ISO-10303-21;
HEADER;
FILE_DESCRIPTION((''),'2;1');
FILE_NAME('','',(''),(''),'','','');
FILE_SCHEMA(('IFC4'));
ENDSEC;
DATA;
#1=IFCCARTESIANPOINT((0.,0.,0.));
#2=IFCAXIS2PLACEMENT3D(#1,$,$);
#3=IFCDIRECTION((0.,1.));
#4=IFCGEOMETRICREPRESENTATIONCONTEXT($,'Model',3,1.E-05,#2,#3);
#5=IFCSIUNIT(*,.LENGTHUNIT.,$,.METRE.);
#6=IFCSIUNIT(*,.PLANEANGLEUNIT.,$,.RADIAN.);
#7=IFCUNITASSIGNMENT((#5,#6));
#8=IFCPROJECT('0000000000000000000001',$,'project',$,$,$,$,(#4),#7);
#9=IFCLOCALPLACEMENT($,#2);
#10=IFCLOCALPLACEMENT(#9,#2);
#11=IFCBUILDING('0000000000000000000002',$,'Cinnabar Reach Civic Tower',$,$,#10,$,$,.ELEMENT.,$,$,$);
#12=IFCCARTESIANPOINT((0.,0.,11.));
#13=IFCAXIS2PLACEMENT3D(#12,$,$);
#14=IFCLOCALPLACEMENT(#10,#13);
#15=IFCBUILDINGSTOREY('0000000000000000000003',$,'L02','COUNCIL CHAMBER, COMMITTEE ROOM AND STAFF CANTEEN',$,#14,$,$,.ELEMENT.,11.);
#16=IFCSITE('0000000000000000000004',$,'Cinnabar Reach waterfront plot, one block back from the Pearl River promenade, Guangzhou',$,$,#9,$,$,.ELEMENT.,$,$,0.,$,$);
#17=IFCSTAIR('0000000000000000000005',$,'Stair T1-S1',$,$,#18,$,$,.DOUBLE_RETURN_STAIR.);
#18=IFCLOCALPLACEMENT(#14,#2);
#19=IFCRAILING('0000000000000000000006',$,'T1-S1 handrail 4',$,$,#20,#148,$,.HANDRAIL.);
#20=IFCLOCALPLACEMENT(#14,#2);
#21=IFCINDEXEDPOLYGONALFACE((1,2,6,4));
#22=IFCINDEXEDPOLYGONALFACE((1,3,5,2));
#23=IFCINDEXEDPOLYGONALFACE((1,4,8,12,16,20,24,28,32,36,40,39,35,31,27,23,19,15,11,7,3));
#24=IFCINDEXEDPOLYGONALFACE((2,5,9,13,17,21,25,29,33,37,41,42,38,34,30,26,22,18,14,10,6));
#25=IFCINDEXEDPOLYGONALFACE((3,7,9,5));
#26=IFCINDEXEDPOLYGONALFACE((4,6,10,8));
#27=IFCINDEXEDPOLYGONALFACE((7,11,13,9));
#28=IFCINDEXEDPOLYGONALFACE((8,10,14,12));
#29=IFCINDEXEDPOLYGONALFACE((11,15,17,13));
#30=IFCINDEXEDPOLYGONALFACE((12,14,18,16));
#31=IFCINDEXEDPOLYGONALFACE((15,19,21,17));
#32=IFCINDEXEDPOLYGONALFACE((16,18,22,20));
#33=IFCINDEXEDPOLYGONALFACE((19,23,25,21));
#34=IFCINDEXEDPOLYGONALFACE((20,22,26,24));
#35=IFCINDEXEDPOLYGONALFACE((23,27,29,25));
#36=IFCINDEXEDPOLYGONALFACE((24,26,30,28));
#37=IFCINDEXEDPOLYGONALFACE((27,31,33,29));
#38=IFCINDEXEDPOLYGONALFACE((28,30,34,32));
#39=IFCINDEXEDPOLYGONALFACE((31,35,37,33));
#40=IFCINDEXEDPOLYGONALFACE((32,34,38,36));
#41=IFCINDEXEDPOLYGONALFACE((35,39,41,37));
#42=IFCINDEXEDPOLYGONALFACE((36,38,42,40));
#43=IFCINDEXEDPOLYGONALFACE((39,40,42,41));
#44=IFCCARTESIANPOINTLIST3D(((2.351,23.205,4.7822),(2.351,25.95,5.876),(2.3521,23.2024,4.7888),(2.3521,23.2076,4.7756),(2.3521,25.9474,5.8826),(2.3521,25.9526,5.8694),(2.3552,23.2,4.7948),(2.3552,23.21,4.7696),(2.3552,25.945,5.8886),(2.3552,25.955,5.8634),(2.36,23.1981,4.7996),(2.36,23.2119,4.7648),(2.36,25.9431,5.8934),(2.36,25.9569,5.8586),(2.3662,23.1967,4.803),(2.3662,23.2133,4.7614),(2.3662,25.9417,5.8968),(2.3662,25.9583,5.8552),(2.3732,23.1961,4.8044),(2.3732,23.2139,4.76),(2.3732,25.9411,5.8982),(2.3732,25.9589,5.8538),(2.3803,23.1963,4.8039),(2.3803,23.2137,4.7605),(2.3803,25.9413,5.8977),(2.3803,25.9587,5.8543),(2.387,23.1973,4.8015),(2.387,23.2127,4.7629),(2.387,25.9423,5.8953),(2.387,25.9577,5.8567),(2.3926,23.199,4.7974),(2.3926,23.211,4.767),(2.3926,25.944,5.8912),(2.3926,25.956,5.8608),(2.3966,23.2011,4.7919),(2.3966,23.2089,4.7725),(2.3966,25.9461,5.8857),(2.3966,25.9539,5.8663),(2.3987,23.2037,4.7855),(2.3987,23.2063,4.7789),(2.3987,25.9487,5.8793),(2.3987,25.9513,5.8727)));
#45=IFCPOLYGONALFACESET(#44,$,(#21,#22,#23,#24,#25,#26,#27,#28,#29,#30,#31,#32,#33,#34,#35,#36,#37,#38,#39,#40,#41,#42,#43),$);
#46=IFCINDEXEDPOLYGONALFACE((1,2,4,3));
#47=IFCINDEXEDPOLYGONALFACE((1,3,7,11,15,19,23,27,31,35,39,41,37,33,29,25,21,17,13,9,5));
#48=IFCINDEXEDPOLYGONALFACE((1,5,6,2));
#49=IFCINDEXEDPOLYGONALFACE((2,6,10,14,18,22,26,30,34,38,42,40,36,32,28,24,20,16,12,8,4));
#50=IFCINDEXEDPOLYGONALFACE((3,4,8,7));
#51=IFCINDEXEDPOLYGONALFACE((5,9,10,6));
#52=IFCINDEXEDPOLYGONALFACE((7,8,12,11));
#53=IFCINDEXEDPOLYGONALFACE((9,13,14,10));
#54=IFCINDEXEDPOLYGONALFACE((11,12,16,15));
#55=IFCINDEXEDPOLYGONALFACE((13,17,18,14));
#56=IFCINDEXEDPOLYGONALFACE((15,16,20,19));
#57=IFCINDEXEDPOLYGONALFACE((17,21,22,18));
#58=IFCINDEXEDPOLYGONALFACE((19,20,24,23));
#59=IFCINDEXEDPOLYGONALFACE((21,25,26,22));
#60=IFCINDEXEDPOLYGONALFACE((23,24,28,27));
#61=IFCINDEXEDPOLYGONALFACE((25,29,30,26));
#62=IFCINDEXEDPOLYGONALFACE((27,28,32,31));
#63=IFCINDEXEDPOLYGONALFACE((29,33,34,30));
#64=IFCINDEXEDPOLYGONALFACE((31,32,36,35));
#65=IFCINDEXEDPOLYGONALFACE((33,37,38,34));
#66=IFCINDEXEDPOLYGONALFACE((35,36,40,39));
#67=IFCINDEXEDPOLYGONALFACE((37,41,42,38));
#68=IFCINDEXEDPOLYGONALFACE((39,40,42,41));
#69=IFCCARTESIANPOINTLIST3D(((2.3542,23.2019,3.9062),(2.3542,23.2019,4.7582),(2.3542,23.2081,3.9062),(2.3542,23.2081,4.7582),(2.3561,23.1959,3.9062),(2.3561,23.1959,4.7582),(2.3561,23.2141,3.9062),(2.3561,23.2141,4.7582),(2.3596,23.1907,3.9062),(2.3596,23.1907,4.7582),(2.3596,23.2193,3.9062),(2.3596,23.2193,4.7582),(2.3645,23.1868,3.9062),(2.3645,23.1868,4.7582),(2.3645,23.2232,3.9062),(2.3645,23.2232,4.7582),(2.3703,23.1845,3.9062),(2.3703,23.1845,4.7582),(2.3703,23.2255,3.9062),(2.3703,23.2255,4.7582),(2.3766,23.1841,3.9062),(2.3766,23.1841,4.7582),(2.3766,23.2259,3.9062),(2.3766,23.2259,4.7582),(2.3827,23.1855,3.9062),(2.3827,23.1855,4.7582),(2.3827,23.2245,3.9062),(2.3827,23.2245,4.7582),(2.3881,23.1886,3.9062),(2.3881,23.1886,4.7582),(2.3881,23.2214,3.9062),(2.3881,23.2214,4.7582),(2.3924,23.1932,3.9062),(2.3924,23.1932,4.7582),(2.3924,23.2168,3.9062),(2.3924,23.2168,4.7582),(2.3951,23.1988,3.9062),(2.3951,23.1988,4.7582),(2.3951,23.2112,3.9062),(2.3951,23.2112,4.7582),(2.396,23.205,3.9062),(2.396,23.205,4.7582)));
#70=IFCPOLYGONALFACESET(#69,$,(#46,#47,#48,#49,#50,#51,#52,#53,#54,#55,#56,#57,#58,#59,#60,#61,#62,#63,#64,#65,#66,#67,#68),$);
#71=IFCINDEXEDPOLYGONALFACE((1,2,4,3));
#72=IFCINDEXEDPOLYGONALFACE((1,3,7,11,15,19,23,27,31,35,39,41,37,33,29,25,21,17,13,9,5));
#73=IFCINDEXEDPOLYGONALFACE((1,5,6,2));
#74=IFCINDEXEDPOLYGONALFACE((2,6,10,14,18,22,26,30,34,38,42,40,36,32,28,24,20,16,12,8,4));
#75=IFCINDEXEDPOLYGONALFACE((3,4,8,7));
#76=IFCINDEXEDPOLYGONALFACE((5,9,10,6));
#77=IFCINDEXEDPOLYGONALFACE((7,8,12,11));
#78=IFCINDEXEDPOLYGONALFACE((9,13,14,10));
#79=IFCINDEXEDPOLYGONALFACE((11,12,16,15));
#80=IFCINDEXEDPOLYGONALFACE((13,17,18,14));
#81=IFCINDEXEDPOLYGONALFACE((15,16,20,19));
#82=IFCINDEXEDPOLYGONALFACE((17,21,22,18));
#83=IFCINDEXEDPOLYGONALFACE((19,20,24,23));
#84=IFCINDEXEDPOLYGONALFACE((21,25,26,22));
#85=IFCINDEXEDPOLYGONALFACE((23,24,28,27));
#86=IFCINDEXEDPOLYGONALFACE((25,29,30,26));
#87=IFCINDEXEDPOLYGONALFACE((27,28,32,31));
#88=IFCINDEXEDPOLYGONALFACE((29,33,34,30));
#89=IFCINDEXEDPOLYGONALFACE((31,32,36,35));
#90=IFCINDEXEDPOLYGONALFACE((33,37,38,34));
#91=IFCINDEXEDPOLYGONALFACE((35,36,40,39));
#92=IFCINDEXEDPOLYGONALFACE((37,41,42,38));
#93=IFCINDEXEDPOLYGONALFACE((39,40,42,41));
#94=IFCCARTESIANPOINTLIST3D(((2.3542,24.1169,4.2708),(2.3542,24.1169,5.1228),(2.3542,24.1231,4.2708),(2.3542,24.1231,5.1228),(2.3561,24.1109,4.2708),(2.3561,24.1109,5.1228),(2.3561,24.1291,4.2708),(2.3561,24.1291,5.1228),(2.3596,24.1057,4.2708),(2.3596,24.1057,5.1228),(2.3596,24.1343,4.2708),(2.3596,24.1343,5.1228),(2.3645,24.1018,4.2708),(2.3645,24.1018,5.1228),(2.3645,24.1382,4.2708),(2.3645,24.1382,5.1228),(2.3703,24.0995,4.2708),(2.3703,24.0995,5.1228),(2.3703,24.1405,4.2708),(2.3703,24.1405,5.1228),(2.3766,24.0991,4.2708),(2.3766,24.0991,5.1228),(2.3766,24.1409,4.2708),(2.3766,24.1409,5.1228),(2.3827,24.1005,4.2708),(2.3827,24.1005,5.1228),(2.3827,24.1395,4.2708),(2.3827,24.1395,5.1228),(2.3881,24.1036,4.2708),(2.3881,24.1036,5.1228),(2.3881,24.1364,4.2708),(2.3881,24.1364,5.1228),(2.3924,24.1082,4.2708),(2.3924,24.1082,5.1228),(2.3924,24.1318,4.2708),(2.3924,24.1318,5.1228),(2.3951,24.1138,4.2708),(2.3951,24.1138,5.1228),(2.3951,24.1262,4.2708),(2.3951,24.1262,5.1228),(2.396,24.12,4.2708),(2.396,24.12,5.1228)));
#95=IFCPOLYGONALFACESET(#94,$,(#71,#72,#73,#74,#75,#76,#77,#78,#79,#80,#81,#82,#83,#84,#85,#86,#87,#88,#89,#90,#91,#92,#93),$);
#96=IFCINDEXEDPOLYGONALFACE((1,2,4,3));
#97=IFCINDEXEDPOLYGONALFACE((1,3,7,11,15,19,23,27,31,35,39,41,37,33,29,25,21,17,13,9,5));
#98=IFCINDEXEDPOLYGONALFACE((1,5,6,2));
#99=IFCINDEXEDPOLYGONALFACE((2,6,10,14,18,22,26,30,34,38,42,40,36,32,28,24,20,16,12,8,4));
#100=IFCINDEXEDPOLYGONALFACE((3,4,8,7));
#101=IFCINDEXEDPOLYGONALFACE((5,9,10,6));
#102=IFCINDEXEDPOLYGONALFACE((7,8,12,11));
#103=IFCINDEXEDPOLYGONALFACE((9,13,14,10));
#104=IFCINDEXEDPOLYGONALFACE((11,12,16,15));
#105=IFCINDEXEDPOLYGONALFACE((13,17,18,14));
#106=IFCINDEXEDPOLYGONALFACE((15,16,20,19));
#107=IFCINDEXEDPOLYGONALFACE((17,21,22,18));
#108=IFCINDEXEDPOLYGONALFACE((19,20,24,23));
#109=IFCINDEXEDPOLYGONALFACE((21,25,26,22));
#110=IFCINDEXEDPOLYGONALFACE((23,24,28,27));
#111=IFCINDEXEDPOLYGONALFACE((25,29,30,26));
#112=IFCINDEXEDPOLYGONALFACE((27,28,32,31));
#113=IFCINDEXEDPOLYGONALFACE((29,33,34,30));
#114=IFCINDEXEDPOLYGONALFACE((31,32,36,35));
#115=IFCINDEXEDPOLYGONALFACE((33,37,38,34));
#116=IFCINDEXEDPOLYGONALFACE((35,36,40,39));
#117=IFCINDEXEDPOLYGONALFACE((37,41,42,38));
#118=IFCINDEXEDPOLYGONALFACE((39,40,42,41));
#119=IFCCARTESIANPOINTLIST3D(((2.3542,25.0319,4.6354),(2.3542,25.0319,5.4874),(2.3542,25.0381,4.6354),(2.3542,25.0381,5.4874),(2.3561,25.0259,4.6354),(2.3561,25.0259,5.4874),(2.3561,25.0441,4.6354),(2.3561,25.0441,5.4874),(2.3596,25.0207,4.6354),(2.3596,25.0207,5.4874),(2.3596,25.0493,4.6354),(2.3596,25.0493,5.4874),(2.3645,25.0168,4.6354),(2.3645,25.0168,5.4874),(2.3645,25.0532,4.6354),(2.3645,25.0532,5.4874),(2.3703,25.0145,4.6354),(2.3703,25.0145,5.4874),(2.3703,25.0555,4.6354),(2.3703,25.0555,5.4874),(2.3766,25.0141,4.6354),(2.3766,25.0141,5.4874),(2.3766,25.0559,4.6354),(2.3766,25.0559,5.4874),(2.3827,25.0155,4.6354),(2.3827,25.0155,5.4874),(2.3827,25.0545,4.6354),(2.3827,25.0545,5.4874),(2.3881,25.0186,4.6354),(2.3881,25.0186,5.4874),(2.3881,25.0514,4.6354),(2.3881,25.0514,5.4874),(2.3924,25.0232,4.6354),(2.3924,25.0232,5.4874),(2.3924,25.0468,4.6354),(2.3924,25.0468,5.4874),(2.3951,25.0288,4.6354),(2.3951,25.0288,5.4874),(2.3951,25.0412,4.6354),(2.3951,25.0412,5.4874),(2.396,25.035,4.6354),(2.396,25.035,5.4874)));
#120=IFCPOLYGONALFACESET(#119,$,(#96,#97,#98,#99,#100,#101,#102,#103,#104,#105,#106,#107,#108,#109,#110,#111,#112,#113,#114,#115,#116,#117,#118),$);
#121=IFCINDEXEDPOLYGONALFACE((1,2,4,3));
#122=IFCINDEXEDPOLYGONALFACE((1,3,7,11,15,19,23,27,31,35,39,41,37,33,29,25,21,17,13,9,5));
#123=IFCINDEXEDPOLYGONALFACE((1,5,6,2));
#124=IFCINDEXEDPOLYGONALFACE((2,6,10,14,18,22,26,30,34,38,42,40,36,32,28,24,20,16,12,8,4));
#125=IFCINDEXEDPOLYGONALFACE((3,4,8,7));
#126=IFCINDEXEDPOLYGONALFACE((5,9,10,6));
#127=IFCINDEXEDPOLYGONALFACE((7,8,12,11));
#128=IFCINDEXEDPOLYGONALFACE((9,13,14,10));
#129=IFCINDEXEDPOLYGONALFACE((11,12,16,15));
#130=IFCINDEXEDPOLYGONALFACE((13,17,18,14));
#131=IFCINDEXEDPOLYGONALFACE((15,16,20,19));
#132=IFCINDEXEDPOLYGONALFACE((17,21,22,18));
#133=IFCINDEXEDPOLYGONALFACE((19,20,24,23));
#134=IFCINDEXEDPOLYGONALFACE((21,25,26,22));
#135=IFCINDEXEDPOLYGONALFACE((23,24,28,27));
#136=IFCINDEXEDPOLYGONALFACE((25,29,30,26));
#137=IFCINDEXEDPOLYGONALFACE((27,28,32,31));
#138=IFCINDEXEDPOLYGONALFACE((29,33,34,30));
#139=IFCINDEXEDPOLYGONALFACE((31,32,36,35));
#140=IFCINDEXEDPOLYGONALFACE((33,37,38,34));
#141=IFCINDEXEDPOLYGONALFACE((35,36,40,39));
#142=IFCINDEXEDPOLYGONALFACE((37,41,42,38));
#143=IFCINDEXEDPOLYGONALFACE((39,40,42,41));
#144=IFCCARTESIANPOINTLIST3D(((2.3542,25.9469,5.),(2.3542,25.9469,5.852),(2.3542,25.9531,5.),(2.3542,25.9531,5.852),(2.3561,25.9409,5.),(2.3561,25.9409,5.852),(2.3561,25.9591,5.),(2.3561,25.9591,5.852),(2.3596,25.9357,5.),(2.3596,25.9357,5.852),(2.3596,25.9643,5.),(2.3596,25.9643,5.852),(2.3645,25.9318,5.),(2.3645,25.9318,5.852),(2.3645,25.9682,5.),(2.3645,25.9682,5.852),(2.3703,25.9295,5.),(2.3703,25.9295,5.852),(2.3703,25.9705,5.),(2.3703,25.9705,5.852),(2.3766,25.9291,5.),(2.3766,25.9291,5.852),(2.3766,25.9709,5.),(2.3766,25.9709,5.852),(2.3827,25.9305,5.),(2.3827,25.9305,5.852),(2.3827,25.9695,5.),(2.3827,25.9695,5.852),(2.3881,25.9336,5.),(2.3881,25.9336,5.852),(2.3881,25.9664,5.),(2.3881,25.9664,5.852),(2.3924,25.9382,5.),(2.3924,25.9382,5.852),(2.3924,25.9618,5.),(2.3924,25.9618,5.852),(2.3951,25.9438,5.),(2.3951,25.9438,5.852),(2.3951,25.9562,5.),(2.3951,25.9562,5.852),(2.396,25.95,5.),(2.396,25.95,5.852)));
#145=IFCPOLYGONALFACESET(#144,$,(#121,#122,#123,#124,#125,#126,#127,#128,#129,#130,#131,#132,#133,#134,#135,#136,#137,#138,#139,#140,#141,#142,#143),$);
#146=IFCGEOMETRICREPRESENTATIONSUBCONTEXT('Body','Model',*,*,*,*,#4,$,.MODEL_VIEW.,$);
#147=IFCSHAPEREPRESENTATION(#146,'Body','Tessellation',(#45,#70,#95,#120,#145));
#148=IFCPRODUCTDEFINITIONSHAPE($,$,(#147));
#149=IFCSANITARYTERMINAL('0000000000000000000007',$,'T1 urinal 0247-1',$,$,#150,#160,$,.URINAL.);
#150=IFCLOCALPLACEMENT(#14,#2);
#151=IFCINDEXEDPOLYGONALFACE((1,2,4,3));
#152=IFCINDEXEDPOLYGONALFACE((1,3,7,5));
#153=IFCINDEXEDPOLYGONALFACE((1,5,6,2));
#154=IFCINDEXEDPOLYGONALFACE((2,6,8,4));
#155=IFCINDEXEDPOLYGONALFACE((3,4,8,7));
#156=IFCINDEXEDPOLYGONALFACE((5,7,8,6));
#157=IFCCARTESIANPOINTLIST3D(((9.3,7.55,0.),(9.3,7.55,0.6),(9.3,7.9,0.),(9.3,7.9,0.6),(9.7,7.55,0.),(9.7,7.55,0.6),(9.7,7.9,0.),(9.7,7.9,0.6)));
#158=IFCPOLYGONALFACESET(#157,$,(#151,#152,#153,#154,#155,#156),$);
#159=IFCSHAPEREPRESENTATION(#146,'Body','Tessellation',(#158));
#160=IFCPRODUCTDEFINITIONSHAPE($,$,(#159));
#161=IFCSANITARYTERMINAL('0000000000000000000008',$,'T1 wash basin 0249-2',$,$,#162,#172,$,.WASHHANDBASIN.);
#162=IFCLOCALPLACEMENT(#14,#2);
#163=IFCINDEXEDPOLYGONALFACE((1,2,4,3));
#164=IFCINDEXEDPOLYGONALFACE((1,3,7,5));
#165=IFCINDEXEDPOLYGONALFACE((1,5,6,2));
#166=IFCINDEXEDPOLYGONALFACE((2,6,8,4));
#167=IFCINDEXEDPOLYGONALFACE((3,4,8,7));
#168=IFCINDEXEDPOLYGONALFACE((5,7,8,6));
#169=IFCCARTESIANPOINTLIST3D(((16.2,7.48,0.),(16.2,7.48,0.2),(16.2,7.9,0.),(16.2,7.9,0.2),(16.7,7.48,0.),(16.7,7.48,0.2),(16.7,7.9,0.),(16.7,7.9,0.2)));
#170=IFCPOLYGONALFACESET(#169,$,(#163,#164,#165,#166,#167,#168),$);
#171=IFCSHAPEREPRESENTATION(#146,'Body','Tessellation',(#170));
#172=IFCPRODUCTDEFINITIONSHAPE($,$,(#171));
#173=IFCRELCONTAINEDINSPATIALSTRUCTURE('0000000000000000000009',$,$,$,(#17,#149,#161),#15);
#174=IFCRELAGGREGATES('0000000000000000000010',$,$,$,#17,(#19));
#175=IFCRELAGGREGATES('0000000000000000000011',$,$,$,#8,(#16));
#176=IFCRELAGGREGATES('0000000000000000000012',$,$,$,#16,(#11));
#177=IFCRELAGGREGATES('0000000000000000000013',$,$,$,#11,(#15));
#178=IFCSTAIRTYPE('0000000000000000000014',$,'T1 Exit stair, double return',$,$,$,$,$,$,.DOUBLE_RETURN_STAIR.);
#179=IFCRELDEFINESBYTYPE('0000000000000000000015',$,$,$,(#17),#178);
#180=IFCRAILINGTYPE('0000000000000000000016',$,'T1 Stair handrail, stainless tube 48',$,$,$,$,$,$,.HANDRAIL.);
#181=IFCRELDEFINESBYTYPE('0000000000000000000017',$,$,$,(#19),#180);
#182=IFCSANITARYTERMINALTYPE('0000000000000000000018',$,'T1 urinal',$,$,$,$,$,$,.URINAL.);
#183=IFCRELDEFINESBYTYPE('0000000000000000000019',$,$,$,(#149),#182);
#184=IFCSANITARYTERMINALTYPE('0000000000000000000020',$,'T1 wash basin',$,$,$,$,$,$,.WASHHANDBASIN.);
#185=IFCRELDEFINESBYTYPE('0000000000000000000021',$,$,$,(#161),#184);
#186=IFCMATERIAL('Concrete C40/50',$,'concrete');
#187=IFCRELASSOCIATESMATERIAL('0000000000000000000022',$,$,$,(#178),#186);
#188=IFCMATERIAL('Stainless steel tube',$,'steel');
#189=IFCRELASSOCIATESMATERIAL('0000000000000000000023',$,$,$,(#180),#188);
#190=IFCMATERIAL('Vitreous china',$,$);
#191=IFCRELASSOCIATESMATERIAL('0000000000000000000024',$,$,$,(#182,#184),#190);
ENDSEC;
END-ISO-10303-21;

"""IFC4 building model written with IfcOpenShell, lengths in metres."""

from ifc_helpers import new_model, si_unit, direction, frame, origin, origin_2d, place, context, subcontext, project, spatial, rectangle, circle, extrude, material, type_object, element, aggregate, save


model = new_model("IFC4")

# Units and contexts
model_context = context("Model", 3, precision=1e-05, world=origin(), true_north=direction((0.0, 1.0)))
body_context = subcontext(model_context, "Body", "Model", "MODEL_VIEW")
ifc_project = project(units=[si_unit("LENGTHUNIT", "METRE"), si_unit("PLANEANGLEUNIT", "RADIAN")], contexts=[model_context])

# Site, building, storey
site_placement = place(None, origin())
site = spatial("IfcSite", under=ifc_project, at=site_placement, Name="Cinnabar Reach waterfront plot, one block back from the Pearl River promenade, Guangzhou", CompositionType="ELEMENT", RefElevation=0.0)
building_placement = place(site_placement, origin())
building = spatial("IfcBuilding", under=site, at=building_placement, Name="Cinnabar Reach Civic Tower", CompositionType="ELEMENT")
storey_placement = place(building_placement, frame((0.0, 0.0, 11.0)))
storey = spatial("IfcBuildingStorey", under=building, at=storey_placement, Name="L02", Description="COUNCIL CHAMBER, COMMITTEE ROOM AND STAFF CANTEEN", CompositionType="ELEMENT", Elevation=11.0)

# Shared definitions
ifc_material_1 = material(Name="Concrete C40/50", Category="concrete")

# Stair, railing
stair_type = type_object("IfcStairType", Name="T1 Exit stair, double return", PredefinedType="DOUBLE_RETURN_STAIR", material=ifc_material_1)
stair_placement = place(storey_placement, origin())
stair = element("IfcStair", 1, at=stair_placement, inside=storey, type_object=stair_type, Name="Stair T1-S1", PredefinedType="DOUBLE_RETURN_STAIR")
ifc_material_2 = material(Name="Stainless steel tube", Category="steel")
railing_type = type_object("IfcRailingType", Name="T1 Stair handrail, stainless tube 48", PredefinedType="HANDRAIL", material=ifc_material_2)
railing_1_placement = place(storey_placement, frame((2.375, 23.205, 3.9062)))
railing_1 = element("IfcRailing", 2, at=railing_1_placement, type_object=railing_type, Name="T1-S1 handrail 4", PredefinedType="HANDRAIL", context=body_context, shape_type="SweptSolid", body=[
    extrude(circle(Radius=0.024, at=origin_2d()), frame((0.0, 0.0, 0.876), z_axis=(0.0, 0.928966, 0.370165), x_axis=(-1.0, 0.0, 0.0)), (0.0, 0.0, 1.0), 2.9549),
    extrude(circle(Radius=0.021, at=origin_2d()), origin(), (0.0, 0.0, 1.0), 0.852),
    extrude(circle(Radius=0.021, at=origin_2d()), frame((0.0, 0.915, 0.3646)), (0.0, 0.0, 1.0), 0.852),
    extrude(circle(Radius=0.021, at=origin_2d()), frame((0.0, 1.83, 0.7292)), (0.0, 0.0, 1.0), 0.852),
    extrude(circle(Radius=0.021, at=origin_2d()), frame((0.0, 2.745, 1.0938)), (0.0, 0.0, 1.0), 0.852),
])
aggregate(stair, [railing_1])

# Sanitary terminals
ifc_material_3 = material(Name="Vitreous china")
sanitary_terminal_type_1 = type_object("IfcSanitaryTerminalType", Name="T1 urinal", PredefinedType="URINAL", material=ifc_material_3)
sanitary_terminal_1_placement = place(storey_placement, frame((9.5, 7.725, 0.0), z_axis=(0.0, 0.0, 1.0), x_axis=(1.0, 0.0, 0.0)))
element("IfcSanitaryTerminal", 3, at=sanitary_terminal_1_placement, inside=storey, type_object=sanitary_terminal_type_1, Name="T1 urinal 0247-1", PredefinedType="URINAL", context=body_context, shape_type="SweptSolid", body=[
    extrude(rectangle(XDim=0.4, YDim=0.35, at=origin_2d()), origin(), (0.0, 0.0, 1.0), 0.6),
])
sanitary_terminal_type_2 = type_object("IfcSanitaryTerminalType", Name="T1 wash basin", PredefinedType="WASHHANDBASIN", material=ifc_material_3)
sanitary_terminal_2_placement = place(storey_placement, frame((16.45, 7.69, 0.0), z_axis=(0.0, 0.0, 1.0), x_axis=(1.0, 0.0, 0.0)))
element("IfcSanitaryTerminal", 4, at=sanitary_terminal_2_placement, inside=storey, type_object=sanitary_terminal_type_2, Name="T1 wash basin 0249-2", PredefinedType="WASHHANDBASIN", context=body_context, shape_type="SweptSolid", body=[
    extrude(rectangle(XDim=0.5, YDim=0.42, at=origin_2d()), origin(), (0.0, 0.0, 1.0), 0.2),
])

save(model, "model.ifc")
